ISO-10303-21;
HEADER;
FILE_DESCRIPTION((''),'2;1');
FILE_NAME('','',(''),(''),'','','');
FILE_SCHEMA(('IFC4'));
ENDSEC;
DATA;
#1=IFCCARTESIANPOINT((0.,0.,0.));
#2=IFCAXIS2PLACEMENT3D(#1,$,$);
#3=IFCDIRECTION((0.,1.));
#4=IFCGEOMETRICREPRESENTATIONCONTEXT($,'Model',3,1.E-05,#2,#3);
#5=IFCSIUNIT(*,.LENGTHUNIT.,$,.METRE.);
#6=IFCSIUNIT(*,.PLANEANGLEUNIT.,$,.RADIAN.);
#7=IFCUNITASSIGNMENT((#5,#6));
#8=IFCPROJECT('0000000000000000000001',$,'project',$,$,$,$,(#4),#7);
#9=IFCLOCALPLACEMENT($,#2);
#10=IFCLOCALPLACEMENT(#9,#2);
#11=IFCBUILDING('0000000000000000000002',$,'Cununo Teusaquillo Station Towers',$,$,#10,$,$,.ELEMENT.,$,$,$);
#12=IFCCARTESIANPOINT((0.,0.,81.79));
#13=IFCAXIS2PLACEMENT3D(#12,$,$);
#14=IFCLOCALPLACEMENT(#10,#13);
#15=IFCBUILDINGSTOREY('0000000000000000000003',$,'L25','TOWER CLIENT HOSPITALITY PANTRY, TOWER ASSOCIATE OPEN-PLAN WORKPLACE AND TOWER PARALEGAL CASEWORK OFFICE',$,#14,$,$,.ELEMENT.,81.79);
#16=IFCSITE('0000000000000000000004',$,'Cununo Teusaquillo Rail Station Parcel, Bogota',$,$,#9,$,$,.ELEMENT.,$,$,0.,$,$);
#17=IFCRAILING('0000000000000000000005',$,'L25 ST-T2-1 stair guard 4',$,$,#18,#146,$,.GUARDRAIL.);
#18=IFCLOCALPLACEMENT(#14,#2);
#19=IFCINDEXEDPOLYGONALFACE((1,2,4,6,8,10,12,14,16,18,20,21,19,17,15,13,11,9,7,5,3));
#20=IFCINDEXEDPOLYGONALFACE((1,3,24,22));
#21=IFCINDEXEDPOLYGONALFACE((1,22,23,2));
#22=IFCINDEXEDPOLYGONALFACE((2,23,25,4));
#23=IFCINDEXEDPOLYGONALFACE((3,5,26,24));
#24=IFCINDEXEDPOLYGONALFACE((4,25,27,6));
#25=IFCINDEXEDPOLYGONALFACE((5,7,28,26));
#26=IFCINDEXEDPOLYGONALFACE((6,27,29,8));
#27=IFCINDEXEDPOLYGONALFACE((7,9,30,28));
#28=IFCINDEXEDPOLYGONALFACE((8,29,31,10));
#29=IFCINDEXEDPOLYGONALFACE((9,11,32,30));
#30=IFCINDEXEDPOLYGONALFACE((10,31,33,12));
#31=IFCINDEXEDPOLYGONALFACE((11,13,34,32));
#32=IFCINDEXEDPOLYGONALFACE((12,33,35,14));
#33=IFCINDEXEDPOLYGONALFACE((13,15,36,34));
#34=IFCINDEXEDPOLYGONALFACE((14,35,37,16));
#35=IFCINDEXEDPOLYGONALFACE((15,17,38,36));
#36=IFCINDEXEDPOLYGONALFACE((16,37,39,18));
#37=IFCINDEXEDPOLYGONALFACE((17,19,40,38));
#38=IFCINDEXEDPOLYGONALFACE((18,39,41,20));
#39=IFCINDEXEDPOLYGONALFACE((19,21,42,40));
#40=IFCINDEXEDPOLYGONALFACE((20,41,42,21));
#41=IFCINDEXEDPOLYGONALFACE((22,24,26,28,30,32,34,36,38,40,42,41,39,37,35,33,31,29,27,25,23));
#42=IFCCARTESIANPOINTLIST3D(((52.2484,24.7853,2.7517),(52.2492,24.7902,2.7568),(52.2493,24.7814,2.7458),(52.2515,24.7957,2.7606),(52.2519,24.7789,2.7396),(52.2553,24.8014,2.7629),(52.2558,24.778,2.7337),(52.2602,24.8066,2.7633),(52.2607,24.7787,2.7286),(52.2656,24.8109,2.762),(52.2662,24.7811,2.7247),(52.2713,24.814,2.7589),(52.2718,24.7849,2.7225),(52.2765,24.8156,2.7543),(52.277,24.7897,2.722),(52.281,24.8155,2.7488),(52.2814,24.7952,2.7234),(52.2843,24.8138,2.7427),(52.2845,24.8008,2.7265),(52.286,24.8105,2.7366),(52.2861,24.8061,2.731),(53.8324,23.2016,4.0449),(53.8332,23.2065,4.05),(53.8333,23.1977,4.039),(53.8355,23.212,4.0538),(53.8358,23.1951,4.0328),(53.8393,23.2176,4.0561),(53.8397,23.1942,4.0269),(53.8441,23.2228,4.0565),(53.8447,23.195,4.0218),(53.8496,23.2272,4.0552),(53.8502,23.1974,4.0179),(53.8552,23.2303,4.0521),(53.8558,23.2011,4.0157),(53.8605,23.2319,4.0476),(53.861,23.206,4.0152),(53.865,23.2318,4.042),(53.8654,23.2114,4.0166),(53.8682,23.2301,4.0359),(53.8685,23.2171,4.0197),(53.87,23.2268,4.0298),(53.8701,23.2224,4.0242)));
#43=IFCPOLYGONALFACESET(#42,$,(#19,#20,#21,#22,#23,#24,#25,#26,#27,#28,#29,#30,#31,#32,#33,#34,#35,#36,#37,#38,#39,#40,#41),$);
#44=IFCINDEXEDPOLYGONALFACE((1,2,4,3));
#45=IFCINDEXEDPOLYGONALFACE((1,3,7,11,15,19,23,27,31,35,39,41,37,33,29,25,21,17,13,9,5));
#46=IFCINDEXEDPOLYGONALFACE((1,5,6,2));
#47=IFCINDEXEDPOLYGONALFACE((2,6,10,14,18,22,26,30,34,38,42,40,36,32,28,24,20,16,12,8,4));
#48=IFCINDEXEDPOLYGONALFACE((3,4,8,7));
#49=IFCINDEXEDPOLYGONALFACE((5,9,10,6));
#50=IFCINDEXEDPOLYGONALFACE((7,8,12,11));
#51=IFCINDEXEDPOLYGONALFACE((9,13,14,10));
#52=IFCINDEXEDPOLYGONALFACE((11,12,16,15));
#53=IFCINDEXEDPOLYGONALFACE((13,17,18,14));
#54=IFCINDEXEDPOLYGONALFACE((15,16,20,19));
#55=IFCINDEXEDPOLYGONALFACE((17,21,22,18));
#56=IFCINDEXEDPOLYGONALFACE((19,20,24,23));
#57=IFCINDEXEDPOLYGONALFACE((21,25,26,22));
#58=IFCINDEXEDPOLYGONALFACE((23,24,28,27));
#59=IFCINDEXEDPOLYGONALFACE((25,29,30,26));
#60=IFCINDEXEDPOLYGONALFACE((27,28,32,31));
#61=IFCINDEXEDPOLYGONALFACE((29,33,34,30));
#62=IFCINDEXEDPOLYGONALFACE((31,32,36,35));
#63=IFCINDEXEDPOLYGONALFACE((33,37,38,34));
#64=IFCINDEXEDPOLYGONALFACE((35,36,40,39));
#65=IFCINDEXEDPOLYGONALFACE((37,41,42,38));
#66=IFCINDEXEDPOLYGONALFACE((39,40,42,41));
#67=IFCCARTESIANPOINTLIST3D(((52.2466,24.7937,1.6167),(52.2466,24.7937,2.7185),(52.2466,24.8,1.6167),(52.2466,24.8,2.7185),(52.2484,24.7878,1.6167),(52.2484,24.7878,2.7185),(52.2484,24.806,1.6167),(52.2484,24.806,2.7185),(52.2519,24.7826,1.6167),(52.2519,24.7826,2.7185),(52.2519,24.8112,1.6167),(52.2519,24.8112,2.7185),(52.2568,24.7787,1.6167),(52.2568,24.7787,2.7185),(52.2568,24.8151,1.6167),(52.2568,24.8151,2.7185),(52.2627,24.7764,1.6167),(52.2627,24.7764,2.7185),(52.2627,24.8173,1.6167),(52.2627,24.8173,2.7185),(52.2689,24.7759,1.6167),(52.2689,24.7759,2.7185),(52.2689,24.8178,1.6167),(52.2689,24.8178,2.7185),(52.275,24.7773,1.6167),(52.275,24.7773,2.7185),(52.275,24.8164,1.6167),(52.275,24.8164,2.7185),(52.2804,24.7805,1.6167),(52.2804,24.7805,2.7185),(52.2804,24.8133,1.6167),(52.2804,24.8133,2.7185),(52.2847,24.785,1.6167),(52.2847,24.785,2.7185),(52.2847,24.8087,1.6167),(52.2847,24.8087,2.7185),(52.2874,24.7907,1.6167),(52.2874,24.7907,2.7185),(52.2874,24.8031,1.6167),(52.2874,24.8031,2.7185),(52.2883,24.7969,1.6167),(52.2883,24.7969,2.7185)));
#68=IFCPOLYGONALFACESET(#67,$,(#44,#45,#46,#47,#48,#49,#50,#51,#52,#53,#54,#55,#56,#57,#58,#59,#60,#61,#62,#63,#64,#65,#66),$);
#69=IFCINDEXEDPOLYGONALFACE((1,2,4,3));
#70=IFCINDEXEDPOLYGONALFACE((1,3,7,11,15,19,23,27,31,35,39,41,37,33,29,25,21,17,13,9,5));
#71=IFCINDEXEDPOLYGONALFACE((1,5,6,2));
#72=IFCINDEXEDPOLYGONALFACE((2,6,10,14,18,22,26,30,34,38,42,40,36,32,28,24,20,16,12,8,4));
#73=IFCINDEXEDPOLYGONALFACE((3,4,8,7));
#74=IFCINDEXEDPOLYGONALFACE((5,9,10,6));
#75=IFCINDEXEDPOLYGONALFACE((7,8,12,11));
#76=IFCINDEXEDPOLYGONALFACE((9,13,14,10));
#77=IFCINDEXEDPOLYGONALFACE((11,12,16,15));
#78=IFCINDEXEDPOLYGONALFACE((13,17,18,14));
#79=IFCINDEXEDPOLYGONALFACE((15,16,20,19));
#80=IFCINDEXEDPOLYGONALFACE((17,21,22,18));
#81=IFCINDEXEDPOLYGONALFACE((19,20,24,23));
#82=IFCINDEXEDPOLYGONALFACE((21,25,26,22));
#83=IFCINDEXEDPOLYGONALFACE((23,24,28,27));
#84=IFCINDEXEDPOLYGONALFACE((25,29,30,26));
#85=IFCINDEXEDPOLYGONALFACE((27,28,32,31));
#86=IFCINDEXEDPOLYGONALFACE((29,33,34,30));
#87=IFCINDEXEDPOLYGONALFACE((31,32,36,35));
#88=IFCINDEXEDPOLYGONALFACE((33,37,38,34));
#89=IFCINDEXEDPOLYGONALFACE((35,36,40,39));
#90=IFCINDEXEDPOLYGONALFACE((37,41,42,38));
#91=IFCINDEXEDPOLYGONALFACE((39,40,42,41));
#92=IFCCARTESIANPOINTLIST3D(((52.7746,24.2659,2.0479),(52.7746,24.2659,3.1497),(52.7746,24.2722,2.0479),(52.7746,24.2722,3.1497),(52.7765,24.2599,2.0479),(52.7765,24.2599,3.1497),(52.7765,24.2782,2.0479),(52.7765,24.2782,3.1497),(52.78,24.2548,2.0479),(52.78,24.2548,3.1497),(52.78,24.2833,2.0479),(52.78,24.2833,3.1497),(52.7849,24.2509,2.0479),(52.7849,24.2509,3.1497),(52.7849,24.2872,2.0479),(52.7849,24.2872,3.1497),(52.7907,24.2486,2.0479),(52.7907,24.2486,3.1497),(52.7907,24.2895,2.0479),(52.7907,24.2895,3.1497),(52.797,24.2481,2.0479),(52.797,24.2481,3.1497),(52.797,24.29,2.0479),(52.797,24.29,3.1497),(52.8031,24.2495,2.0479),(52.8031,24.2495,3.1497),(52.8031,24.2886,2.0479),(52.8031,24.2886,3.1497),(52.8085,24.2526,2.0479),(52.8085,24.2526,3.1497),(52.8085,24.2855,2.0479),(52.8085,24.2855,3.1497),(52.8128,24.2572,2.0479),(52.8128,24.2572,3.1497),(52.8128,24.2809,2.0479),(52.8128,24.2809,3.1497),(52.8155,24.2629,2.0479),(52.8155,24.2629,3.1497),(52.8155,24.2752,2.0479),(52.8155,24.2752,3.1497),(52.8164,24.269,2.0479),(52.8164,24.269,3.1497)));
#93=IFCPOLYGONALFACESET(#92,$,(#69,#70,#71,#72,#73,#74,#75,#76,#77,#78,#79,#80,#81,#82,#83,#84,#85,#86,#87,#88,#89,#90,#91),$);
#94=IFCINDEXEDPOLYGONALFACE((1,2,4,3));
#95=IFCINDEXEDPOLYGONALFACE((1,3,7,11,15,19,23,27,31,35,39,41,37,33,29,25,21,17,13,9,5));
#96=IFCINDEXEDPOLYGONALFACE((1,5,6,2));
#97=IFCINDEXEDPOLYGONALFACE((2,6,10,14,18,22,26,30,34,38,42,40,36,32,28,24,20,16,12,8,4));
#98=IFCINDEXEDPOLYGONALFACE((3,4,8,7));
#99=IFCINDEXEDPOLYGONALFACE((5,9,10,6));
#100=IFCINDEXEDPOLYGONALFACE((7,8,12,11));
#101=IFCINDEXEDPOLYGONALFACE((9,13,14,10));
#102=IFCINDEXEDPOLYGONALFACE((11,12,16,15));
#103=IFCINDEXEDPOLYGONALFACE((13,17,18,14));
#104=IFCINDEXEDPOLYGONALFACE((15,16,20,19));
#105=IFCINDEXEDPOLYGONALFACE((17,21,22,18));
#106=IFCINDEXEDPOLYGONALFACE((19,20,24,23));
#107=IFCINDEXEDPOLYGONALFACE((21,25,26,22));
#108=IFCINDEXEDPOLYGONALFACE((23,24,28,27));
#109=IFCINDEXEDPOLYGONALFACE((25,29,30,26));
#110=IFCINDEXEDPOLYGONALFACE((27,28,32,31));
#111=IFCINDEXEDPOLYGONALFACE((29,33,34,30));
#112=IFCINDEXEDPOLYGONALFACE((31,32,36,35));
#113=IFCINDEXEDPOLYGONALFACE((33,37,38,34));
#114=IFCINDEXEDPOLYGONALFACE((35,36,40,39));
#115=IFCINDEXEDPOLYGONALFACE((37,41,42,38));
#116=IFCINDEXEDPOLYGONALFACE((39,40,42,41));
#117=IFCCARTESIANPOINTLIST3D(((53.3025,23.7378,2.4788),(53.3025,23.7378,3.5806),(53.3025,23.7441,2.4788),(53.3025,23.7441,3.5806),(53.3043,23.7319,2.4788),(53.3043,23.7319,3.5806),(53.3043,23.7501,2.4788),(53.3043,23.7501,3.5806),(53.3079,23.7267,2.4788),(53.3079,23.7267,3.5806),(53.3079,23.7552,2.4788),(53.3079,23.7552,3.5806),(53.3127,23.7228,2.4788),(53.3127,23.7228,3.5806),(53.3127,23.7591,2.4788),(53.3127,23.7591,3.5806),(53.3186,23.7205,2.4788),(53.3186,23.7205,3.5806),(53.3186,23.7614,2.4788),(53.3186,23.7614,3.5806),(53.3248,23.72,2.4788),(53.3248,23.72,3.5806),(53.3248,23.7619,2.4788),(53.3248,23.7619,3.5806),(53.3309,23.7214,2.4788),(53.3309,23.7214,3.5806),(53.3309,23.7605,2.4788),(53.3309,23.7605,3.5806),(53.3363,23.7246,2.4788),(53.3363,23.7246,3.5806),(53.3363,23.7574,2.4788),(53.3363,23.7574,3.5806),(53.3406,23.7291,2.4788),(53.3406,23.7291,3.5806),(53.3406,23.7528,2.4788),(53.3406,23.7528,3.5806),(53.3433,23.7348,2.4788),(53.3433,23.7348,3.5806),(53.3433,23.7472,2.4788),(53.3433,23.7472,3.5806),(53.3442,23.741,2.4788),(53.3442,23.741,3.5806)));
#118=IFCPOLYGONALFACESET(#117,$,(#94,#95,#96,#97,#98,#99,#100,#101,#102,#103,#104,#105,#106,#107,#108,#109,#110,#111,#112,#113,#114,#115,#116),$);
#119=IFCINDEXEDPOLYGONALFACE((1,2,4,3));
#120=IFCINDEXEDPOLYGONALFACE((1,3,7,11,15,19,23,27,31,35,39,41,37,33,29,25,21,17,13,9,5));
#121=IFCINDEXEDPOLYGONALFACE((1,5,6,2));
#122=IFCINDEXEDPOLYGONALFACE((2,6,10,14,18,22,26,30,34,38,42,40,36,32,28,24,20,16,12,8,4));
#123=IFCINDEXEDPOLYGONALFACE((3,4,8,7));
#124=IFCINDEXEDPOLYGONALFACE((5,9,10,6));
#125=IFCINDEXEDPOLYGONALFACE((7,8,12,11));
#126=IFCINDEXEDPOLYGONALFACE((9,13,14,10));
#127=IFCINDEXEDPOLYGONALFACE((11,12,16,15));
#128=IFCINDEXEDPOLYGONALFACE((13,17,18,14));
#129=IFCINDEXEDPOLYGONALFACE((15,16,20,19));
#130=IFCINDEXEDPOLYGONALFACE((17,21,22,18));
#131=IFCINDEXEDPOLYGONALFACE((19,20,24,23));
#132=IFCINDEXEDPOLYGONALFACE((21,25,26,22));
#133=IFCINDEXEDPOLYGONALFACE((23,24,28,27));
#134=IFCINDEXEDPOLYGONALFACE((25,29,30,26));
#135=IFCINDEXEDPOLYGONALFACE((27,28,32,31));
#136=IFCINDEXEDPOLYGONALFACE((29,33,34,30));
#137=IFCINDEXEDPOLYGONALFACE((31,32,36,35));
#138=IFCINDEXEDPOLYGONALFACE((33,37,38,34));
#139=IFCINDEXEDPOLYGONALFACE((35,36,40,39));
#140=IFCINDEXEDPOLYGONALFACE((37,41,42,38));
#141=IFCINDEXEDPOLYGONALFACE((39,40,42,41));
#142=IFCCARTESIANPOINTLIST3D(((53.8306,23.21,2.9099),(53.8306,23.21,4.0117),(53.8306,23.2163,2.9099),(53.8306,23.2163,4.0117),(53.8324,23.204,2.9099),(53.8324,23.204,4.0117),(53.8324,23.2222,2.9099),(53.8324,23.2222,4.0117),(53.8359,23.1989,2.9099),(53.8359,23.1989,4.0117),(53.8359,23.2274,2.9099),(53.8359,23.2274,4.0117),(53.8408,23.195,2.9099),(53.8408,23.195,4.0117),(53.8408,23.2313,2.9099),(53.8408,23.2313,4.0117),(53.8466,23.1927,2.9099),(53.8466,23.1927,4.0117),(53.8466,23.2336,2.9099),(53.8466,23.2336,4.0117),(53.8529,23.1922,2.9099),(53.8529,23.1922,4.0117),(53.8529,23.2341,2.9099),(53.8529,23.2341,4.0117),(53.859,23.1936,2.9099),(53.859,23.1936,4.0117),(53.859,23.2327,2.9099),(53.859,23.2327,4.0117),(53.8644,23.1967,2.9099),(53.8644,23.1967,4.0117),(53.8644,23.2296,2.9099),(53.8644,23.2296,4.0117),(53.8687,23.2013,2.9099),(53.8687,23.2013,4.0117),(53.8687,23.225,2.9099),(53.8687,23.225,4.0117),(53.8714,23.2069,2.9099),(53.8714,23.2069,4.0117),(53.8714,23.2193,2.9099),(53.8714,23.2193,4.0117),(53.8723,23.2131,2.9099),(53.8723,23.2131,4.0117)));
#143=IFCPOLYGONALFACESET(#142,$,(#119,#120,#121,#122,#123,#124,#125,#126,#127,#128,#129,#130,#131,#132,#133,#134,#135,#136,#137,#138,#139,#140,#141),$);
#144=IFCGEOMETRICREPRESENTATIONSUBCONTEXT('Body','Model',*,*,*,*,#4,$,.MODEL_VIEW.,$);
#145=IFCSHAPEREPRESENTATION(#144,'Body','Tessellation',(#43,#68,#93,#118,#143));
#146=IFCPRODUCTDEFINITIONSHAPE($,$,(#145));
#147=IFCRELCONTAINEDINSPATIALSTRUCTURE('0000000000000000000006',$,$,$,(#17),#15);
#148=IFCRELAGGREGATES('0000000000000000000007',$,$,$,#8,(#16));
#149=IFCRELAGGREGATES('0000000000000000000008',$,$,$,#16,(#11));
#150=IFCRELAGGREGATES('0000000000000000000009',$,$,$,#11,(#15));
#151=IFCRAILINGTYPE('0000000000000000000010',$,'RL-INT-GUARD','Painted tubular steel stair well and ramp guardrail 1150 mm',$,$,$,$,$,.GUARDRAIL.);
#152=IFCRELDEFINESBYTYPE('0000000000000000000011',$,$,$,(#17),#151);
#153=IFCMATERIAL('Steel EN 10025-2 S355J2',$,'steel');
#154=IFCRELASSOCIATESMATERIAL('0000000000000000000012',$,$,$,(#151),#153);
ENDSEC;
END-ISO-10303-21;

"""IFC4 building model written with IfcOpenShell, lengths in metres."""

from ifc_helpers import new_model, si_unit, direction, frame, origin, origin_2d, place, context, subcontext, project, spatial, circle, extrude, material, type_object, element, save


model = new_model("IFC4")

# Units and contexts
model_context = context("Model", 3, precision=1e-05, world=origin(), true_north=direction((0.0, 1.0)))
body_context = subcontext(model_context, "Body", "Model", "MODEL_VIEW")
ifc_project = project(units=[si_unit("LENGTHUNIT", "METRE"), si_unit("PLANEANGLEUNIT", "RADIAN")], contexts=[model_context])

# Site, building, storey
site_placement = place(None, origin())
site = spatial("IfcSite", under=ifc_project, at=site_placement, Name="Cununo Teusaquillo Rail Station Parcel, Bogota", CompositionType="ELEMENT", RefElevation=0.0)
building_placement = place(site_placement, origin())
building = spatial("IfcBuilding", under=site, at=building_placement, Name="Cununo Teusaquillo Station Towers", CompositionType="ELEMENT")
storey_placement = place(building_placement, frame((0.0, 0.0, 81.79)))
storey = spatial("IfcBuildingStorey", under=building, at=storey_placement, Name="L25", Description="TOWER CLIENT HOSPITALITY PANTRY, TOWER ASSOCIATE OPEN-PLAN WORKPLACE AND TOWER PARALEGAL CASEWORK OFFICE", CompositionType="ELEMENT", Elevation=81.79)

# Railing
ifc_material_1 = material(Name="Steel EN 10025-2 S355J2", Category="steel")
railing_type_1 = type_object("IfcRailingType", Name="RL-INT-GUARD", Description="Painted tubular steel stair well and ramp guardrail 1150 mm", PredefinedType="GUARDRAIL", material=ifc_material_1)
railing_1_placement = place(storey_placement, frame((52.2673, 24.7969, 1.6167)))
element("IfcRailing", 1, at=railing_1_placement, inside=storey, type_object=railing_type_1, Name="L25 ST-T2-1 stair guard 4", PredefinedType="GUARDRAIL", context=body_context, shape_type="SweptSolid", body=[
    extrude(circle(Radius=0.0239, at=origin_2d()), frame((0.0, 0.0, 1.126), z_axis=(0.61242, -0.612326, 0.499998), x_axis=(0.707052, 0.707161, 0.0)), (0.0, 0.0, 1.0), 2.5864),
    extrude(circle(Radius=0.021, at=origin_2d()), origin(), (0.0, 0.0, 1.0), 1.1018),
    extrude(circle(Radius=0.021, at=origin_2d()), frame((0.5281, -0.5278, 0.4312)), (0.0, 0.0, 1.0), 1.1018),
    extrude(circle(Radius=0.021, at=origin_2d()), frame((1.0559, -1.0559, 0.8621)), (0.0, 0.0, 1.0), 1.1018),
    extrude(circle(Radius=0.021, at=origin_2d()), frame((1.584, -1.5837, 1.2932)), (0.0, 0.0, 1.0), 1.1018),
])

save(model, "model.ifc")
